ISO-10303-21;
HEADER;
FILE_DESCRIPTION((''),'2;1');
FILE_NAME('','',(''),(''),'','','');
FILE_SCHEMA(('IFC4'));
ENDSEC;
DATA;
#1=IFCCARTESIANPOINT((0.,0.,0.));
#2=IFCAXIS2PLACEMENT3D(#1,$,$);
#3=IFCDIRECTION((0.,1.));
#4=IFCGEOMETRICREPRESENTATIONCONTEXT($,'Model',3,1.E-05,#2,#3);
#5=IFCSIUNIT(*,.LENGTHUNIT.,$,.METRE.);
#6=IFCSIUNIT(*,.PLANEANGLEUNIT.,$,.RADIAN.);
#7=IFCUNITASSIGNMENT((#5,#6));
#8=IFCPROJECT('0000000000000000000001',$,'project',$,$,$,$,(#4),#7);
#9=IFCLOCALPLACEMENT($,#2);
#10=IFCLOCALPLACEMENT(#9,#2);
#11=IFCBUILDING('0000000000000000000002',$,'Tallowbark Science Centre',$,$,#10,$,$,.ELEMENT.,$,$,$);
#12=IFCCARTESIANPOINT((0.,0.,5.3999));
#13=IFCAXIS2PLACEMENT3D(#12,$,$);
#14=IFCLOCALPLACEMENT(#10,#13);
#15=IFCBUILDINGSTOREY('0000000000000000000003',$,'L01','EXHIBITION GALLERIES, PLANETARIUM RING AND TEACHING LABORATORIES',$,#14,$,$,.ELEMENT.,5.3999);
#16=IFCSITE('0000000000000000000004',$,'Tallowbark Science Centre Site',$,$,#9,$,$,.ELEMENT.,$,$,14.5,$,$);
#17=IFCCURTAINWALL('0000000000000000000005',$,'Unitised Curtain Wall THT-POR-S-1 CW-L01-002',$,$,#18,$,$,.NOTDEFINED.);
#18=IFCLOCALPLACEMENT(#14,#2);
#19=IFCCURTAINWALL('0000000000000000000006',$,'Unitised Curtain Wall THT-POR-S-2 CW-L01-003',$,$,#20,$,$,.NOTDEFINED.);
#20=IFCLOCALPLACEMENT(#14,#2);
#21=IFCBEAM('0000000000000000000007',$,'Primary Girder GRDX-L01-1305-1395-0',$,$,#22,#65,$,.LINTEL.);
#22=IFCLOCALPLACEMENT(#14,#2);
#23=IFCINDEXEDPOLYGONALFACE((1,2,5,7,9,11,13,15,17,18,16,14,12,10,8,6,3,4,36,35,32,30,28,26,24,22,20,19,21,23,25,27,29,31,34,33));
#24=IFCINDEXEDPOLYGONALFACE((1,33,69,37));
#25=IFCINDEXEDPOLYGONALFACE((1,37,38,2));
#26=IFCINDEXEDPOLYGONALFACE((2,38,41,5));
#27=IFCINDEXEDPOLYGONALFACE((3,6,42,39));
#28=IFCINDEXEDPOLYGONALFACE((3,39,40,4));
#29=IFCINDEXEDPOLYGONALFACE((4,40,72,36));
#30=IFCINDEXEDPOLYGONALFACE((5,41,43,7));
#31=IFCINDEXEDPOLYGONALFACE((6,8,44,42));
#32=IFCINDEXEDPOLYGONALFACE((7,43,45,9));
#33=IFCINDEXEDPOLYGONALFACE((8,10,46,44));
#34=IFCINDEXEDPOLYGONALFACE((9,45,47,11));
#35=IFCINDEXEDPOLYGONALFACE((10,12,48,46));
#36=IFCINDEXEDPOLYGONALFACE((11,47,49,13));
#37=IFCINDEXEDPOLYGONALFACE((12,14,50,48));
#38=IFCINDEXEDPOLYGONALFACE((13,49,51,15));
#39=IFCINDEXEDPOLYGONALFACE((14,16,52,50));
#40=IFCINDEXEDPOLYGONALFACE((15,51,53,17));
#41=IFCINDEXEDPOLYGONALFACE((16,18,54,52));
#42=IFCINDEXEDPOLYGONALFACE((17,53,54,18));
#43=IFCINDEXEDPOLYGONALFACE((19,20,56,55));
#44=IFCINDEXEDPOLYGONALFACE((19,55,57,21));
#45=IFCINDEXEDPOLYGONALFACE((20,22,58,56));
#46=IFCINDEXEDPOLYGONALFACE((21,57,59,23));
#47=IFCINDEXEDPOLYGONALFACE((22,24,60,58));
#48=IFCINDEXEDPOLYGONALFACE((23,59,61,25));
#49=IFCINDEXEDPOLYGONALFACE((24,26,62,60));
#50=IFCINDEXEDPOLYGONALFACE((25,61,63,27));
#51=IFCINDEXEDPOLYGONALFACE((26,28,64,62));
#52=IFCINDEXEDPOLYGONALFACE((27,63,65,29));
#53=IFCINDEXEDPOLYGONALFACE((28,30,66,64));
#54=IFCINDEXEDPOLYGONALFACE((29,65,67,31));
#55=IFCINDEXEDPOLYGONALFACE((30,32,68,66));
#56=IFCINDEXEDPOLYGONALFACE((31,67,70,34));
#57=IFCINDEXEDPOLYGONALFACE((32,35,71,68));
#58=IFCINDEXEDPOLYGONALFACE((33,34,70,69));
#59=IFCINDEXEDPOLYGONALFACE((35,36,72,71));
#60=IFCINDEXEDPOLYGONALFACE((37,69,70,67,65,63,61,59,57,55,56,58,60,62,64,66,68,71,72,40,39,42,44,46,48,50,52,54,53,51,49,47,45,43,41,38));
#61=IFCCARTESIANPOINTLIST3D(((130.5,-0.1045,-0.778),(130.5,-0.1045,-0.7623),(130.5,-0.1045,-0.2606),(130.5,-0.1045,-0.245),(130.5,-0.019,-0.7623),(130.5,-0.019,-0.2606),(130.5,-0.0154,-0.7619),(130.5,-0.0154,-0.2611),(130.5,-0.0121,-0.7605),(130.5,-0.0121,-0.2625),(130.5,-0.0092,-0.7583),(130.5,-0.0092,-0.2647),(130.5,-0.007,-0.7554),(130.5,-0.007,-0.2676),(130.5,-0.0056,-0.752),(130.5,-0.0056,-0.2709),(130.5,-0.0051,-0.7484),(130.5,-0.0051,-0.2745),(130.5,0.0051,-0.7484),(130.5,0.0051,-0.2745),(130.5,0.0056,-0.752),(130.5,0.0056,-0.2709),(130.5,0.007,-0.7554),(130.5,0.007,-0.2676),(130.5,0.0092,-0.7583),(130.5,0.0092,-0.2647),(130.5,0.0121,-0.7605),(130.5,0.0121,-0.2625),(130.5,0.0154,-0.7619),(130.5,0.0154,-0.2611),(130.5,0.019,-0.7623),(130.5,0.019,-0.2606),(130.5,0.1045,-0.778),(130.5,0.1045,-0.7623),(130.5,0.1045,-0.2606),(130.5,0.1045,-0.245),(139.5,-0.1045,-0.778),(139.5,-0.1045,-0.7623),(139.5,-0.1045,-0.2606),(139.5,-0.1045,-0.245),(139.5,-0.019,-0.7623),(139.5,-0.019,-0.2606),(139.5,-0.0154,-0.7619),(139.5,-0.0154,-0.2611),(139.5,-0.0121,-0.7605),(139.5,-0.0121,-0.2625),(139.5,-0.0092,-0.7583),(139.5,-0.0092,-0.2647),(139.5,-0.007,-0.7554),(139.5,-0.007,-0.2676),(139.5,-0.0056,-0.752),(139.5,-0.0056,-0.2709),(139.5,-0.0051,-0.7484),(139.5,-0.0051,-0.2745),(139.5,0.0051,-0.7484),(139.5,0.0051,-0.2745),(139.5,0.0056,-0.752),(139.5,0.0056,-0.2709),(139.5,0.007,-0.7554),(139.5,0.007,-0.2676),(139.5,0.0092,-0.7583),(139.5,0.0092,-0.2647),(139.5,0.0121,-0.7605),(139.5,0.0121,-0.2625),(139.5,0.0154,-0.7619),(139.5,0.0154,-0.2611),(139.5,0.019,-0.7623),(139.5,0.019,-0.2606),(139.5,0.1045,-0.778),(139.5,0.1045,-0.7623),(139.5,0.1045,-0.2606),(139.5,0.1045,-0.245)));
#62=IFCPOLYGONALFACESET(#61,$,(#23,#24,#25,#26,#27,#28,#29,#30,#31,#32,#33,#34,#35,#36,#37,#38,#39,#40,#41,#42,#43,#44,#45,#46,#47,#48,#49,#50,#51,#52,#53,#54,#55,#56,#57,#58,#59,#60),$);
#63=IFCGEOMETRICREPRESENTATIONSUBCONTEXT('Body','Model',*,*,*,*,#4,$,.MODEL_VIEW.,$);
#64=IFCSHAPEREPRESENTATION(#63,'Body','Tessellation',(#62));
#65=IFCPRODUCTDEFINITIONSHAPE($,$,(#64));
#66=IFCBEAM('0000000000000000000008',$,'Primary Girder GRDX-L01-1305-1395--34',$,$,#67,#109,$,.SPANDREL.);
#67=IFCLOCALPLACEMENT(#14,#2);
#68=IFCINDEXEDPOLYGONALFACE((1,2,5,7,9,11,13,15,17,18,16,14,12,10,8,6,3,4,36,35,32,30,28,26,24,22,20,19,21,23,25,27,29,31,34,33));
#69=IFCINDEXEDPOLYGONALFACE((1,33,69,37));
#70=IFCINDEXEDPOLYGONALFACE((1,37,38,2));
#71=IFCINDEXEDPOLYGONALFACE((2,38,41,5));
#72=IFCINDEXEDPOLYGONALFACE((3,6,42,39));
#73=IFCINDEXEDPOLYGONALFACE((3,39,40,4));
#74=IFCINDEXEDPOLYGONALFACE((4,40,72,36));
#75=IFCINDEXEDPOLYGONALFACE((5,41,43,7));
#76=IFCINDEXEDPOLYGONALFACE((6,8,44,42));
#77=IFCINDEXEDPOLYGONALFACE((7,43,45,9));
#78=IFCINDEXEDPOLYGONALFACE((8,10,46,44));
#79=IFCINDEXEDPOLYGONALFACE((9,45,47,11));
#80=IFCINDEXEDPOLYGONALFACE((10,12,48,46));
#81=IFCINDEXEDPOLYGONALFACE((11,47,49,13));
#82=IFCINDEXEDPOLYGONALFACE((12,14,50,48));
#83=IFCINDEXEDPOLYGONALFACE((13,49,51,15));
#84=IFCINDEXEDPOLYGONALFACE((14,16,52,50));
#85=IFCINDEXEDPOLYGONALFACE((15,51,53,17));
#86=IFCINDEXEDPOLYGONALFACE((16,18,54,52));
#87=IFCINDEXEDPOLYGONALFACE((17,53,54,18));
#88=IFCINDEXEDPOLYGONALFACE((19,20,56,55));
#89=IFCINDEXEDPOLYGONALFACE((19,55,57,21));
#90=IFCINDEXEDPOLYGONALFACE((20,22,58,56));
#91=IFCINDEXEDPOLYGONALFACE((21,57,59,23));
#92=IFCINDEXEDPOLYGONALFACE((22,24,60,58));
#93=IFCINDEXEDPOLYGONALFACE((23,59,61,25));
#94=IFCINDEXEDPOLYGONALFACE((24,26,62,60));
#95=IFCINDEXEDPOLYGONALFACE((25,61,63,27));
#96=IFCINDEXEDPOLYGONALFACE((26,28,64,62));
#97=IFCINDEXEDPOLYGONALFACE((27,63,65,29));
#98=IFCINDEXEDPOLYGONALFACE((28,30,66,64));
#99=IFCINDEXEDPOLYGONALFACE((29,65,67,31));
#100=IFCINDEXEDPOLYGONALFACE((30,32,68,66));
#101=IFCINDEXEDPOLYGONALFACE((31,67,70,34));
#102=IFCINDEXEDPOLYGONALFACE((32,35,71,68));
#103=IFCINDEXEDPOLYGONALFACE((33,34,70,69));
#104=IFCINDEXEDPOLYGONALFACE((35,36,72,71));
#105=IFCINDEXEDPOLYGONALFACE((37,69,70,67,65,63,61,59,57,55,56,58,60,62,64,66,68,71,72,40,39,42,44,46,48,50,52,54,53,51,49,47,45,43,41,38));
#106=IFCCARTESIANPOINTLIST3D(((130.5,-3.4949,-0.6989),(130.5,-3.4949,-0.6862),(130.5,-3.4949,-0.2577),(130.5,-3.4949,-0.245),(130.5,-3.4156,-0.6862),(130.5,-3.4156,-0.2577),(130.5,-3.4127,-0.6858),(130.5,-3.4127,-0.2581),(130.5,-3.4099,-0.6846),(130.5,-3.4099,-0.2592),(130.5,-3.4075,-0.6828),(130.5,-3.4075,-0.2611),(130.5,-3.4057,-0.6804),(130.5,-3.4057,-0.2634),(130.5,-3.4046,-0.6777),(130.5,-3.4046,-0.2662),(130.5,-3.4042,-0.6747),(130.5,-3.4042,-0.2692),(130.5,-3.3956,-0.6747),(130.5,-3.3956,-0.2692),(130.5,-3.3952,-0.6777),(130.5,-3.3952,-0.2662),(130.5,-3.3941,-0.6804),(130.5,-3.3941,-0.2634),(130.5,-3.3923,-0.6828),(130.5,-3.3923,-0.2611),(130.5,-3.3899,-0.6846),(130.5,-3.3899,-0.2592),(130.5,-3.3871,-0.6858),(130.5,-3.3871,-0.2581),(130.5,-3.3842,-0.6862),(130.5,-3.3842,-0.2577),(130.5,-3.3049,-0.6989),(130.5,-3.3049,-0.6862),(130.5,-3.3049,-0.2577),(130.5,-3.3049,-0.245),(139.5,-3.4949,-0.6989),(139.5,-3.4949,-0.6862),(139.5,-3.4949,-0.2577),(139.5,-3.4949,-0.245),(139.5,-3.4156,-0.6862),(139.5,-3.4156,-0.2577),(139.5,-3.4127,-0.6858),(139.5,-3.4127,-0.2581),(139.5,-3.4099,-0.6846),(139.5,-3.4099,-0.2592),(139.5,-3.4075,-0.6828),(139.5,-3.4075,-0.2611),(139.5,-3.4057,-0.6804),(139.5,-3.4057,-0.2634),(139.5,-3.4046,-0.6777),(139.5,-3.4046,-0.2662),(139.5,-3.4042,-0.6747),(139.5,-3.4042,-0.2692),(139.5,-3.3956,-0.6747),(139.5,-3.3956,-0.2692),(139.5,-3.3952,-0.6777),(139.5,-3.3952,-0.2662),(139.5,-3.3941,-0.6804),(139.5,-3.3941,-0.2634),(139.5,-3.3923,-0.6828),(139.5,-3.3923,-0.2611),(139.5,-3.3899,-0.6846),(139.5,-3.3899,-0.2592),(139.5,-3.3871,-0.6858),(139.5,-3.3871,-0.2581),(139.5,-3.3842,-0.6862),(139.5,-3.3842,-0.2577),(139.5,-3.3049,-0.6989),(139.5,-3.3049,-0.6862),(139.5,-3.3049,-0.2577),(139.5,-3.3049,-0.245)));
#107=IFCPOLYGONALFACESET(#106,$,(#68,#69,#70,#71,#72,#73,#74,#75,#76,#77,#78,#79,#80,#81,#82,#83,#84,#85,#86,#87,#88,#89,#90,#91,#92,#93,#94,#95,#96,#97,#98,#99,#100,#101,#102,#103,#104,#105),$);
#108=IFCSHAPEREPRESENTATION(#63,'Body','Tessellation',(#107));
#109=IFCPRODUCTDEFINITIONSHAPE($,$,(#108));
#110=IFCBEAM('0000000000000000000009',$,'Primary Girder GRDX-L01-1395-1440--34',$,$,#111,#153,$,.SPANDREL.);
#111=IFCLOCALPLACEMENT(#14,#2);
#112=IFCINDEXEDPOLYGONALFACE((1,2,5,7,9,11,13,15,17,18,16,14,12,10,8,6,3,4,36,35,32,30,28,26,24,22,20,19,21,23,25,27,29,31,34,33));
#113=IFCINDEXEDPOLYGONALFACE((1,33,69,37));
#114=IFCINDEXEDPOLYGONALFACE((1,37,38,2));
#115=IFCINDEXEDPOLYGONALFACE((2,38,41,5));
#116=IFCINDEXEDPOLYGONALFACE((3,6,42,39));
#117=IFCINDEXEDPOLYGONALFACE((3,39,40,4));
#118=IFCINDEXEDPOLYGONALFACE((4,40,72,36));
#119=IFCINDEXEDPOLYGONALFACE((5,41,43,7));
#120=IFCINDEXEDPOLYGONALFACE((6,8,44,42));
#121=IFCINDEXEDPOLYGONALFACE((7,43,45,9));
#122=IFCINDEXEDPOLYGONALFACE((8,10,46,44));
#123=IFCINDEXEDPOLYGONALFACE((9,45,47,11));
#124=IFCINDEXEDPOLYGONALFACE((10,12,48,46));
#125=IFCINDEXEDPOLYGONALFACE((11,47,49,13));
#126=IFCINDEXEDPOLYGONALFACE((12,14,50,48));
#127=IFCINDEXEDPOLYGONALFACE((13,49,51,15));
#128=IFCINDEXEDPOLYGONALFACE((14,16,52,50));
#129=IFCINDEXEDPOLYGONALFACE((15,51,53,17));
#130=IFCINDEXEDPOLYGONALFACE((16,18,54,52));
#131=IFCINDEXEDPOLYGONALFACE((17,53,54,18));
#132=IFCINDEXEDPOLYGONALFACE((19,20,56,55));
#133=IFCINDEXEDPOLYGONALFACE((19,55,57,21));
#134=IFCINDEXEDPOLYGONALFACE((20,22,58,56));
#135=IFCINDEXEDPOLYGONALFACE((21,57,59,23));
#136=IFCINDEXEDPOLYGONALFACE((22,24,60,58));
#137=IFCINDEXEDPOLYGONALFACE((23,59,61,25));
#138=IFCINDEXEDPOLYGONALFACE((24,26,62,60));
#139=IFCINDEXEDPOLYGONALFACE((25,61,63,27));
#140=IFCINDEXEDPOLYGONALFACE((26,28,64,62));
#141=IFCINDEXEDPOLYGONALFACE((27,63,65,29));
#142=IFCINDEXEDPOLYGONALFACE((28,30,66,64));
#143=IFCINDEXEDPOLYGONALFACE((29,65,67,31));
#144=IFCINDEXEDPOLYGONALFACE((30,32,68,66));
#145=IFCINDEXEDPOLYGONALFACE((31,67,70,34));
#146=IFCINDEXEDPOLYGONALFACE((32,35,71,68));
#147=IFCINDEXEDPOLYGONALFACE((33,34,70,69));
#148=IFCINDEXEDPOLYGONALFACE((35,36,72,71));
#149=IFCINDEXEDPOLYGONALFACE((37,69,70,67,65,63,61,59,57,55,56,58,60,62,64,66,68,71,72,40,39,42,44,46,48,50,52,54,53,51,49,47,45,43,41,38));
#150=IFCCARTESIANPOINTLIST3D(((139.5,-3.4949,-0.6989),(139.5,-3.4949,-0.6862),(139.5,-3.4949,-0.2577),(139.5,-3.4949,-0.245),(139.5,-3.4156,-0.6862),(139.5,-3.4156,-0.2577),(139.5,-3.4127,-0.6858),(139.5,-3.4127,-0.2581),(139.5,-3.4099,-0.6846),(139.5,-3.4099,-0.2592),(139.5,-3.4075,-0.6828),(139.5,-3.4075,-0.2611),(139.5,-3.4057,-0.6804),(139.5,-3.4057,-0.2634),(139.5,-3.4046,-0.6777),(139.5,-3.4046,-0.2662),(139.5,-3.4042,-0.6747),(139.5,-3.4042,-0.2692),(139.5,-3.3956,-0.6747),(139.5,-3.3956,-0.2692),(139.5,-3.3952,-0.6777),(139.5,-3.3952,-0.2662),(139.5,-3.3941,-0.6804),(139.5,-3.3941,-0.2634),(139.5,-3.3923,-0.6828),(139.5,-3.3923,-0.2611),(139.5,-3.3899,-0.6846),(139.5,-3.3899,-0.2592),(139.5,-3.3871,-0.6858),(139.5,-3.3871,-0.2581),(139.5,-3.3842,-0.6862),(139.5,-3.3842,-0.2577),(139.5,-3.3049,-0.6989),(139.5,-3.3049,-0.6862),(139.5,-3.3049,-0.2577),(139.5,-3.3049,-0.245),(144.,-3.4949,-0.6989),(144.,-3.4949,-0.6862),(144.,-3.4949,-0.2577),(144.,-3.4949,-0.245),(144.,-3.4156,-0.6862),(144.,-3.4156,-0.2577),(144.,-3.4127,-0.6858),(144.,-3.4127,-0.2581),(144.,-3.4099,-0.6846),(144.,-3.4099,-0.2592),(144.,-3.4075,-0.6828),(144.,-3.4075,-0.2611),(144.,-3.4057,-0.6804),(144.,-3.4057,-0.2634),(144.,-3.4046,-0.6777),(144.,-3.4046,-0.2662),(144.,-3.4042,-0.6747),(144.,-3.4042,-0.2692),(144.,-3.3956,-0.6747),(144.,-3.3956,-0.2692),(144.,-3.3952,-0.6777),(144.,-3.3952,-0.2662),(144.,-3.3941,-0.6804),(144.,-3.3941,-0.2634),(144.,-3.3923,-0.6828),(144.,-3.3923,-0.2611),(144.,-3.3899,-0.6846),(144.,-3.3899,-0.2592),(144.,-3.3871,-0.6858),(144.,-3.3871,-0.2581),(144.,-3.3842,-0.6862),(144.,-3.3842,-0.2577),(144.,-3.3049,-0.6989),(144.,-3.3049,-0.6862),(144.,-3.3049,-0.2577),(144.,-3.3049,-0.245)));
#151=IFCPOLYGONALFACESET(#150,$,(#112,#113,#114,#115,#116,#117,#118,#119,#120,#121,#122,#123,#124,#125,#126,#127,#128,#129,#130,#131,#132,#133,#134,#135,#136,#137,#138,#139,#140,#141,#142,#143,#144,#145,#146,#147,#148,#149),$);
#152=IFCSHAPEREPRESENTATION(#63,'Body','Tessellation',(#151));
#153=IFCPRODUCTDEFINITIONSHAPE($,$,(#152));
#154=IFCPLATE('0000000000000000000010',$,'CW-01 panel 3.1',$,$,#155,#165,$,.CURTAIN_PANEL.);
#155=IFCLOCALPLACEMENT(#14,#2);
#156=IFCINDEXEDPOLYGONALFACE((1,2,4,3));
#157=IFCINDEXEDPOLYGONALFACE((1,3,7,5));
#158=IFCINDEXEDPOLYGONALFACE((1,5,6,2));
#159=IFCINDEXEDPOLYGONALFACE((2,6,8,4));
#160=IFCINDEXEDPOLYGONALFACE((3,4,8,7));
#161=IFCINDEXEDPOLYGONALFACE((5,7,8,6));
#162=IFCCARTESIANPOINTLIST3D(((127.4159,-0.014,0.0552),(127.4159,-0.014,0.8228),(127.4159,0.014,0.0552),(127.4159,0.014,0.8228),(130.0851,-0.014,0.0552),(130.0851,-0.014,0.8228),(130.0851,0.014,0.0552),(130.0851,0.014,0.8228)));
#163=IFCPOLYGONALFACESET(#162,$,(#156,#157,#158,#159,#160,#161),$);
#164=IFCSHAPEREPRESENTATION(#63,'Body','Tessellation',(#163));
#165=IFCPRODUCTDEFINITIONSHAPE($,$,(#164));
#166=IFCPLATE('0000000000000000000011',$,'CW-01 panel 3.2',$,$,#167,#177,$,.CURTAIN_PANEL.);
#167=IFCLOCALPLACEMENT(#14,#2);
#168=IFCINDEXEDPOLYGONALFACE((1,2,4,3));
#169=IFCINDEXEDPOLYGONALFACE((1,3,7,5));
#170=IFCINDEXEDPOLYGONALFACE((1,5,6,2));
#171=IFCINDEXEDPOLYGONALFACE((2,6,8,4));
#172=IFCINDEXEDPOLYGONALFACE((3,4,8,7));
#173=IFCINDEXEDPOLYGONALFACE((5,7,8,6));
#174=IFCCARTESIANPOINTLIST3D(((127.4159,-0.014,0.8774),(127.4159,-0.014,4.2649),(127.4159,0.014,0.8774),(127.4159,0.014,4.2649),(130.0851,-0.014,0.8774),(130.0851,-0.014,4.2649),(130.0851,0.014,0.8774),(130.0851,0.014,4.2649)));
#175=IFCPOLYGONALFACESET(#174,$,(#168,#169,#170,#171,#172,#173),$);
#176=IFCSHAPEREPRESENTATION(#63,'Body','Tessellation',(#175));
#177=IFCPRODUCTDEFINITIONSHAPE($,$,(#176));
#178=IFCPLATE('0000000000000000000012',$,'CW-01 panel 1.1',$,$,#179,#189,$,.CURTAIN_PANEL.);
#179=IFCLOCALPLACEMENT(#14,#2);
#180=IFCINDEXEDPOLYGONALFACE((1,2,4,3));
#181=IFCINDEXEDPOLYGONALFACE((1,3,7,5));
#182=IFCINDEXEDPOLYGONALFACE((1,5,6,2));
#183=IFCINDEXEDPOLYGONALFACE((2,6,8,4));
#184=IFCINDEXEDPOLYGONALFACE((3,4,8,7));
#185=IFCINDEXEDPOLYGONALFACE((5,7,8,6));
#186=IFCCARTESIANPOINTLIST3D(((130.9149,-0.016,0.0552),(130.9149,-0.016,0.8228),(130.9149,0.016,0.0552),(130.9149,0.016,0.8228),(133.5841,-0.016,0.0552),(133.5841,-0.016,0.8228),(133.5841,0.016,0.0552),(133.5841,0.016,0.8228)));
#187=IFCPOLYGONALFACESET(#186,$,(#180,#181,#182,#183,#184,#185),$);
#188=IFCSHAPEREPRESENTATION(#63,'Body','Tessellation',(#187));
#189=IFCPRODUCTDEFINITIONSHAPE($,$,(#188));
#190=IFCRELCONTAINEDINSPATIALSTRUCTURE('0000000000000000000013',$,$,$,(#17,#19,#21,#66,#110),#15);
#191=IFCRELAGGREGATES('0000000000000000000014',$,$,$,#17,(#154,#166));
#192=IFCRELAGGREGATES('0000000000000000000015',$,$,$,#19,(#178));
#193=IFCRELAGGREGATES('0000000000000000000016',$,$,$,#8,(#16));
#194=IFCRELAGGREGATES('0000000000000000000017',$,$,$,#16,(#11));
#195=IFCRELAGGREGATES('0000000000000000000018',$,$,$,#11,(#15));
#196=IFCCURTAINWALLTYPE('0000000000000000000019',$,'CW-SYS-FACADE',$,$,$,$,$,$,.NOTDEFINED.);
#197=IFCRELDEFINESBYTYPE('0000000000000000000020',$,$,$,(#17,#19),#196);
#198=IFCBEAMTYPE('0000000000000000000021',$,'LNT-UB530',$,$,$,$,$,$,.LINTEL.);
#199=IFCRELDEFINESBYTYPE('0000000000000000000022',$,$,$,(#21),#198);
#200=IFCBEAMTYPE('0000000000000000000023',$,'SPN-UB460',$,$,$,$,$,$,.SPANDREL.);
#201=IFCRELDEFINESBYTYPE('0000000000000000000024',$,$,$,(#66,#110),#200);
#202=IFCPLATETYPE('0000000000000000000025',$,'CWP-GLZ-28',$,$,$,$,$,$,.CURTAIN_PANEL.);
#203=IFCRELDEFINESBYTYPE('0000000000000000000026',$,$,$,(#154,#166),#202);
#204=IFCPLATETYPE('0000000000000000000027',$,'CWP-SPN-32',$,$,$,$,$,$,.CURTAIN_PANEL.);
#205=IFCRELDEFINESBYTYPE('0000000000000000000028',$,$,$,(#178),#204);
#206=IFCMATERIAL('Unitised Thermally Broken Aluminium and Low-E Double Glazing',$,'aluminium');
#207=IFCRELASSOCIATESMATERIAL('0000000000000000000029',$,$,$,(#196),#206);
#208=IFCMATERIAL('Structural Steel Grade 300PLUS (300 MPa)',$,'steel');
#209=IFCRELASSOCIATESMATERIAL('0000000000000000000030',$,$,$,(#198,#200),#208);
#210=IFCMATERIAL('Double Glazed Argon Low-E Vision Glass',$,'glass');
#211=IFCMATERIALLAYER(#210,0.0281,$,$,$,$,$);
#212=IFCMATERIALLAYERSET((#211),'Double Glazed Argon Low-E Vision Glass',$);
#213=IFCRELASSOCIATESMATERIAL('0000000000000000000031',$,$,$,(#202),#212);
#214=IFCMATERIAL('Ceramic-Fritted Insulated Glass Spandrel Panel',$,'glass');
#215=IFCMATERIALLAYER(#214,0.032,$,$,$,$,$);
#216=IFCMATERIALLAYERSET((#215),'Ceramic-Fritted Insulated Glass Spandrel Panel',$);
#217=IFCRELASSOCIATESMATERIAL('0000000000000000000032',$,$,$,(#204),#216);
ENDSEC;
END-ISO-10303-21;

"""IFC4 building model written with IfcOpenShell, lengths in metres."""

from ifc_helpers import new_model, si_unit, direction, frame, origin, origin_2d, place, context, subcontext, project, spatial, rectangle, i_section, extrude, material, layer, layer_set, material_profile, profile_set, type_object, element, aggregate, save


model = new_model("IFC4")

# Units and contexts
model_context = context("Model", 3, precision=1e-05, world=origin(), true_north=direction((0.0, 1.0)))
body_context = subcontext(model_context, "Body", "Model", "MODEL_VIEW")
ifc_project = project(units=[si_unit("LENGTHUNIT", "METRE"), si_unit("PLANEANGLEUNIT", "RADIAN")], contexts=[model_context])

# Site, building, storey
site_placement = place(None, origin())
site = spatial("IfcSite", under=ifc_project, at=site_placement, Name="Tallowbark Science Centre Site", CompositionType="ELEMENT", RefElevation=14.5)
building_placement = place(site_placement, origin())
building = spatial("IfcBuilding", under=site, at=building_placement, Name="Tallowbark Science Centre", CompositionType="ELEMENT")
storey_placement = place(building_placement, frame((0.0, 0.0, 5.3999)))
storey = spatial("IfcBuildingStorey", under=building, at=storey_placement, Name="L01", Description="EXHIBITION GALLERIES, PLANETARIUM RING AND TEACHING LABORATORIES", CompositionType="ELEMENT", Elevation=5.3999)

# Shared definitions
ifc_material_1 = material(Name="Structural Steel Grade 300PLUS (300 MPa)", Category="steel")

# Curtain wall
ifc_material_2 = material(Name="Unitised Thermally Broken Aluminium and Low-E Double Glazing", Category="aluminium")
curtain_wall_type = type_object("IfcCurtainWallType", Name="CW-SYS-FACADE", PredefinedType="NOTDEFINED", material=ifc_material_2)
curtain_wall_1_placement = place(storey_placement, origin())
curtain_wall_1 = element("IfcCurtainWall", 1, at=curtain_wall_1_placement, inside=storey, type_object=curtain_wall_type, Name="Unitised Curtain Wall THT-POR-S-1 CW-L01-002", PredefinedType="NOTDEFINED")

# Curtain wall
curtain_wall_2_placement = place(storey_placement, origin())
curtain_wall_2 = element("IfcCurtainWall", 2, at=curtain_wall_2_placement, inside=storey, type_object=curtain_wall_type, Name="Unitised Curtain Wall THT-POR-S-2 CW-L01-003", PredefinedType="NOTDEFINED")

# Beams
ifc_material_profile_1 = material_profile(ifc_material_1, i_section(OverallWidth=0.209, OverallDepth=0.533, WebThickness=0.0103, FlangeThickness=0.0156, FilletRadius=0.0139, at=origin_2d()), Name="530UB92.4")
ifc_profile_set_1 = profile_set([ifc_material_profile_1], Name="Structural Steel Grade 300PLUS (300 MPa)")
beam_type_1 = type_object("IfcBeamType", Name="LNT-UB530", PredefinedType="LINTEL", material=ifc_profile_set_1)
beam_1_placement = place(storey_placement, frame((130.5, 0.0, -0.5115), z_axis=(1.0, 0.0, 0.0), x_axis=(0.0, 1.0, 0.0)))
element("IfcBeam", 3, at=beam_1_placement, inside=storey, type_object=beam_type_1, Name="Primary Girder GRDX-L01-1305-1395-0", PredefinedType="LINTEL", context=body_context, shape_type="SweptSolid", body=[
    extrude(i_section(OverallWidth=0.209, OverallDepth=0.533, WebThickness=0.0103, FlangeThickness=0.0156, FilletRadius=0.0139, at=origin_2d()), origin(), (0.0, 0.0, 1.0), 9.0),
])
ifc_material_profile_2 = material_profile(ifc_material_1, i_section(OverallWidth=0.1899, OverallDepth=0.4539, WebThickness=0.0085, FlangeThickness=0.0127, FilletRadius=0.0115, at=origin_2d()), Name="460UB67.1")
ifc_profile_set_2 = profile_set([ifc_material_profile_2], Name="Structural Steel Grade 300PLUS (300 MPa)")
beam_type_2 = type_object("IfcBeamType", Name="SPN-UB460", PredefinedType="SPANDREL", material=ifc_profile_set_2)
beam_2_placement = place(storey_placement, frame((130.5, -3.3999, -0.4719), z_axis=(1.0, 0.0, 0.0), x_axis=(0.0, 1.0, 0.0)))
element("IfcBeam", 4, at=beam_2_placement, inside=storey, type_object=beam_type_2, Name="Primary Girder GRDX-L01-1305-1395--34", PredefinedType="SPANDREL", context=body_context, shape_type="SweptSolid", body=[
    extrude(i_section(OverallWidth=0.1899, OverallDepth=0.4539, WebThickness=0.0085, FlangeThickness=0.0127, FilletRadius=0.0115, at=origin_2d()), origin(), (0.0, 0.0, 1.0), 9.0),
])
beam_3_placement = place(storey_placement, frame((139.5, -3.3999, -0.4719), z_axis=(1.0, 0.0, 0.0), x_axis=(0.0, 1.0, 0.0)))
element("IfcBeam", 5, at=beam_3_placement, inside=storey, type_object=beam_type_2, Name="Primary Girder GRDX-L01-1395-1440--34", PredefinedType="SPANDREL", context=body_context, shape_type="SweptSolid", body=[
    extrude(i_section(OverallWidth=0.1899, OverallDepth=0.4539, WebThickness=0.0085, FlangeThickness=0.0127, FilletRadius=0.0115, at=origin_2d()), origin(), (0.0, 0.0, 1.0), 4.5),
])

# Plates
ifc_material_3 = material(Name="Double Glazed Argon Low-E Vision Glass", Category="glass")
ifc_layer_1 = layer(ifc_material_3, 0.0281)
ifc_layer_set_1 = layer_set([ifc_layer_1], Name="Double Glazed Argon Low-E Vision Glass")
plate_type_1 = type_object("IfcPlateType", Name="CWP-GLZ-28", PredefinedType="CURTAIN_PANEL", material=ifc_layer_set_1)
plate_1_placement = place(storey_placement, frame((128.7505, 0.0, 0.0552), z_axis=(0.0, 0.0, 1.0), x_axis=(1.0, 0.0, 0.0)))
plate_1 = element("IfcPlate", 6, at=plate_1_placement, type_object=plate_type_1, Name="CW-01 panel 3.1", PredefinedType="CURTAIN_PANEL", context=body_context, shape_type="SweptSolid", body=[
    extrude(rectangle(XDim=2.6692, YDim=0.0281, at=origin_2d()), origin(), (0.0, 0.0, 1.0), 0.7676),
])
plate_2_placement = place(storey_placement, frame((128.7505, 0.0, 0.8774), z_axis=(0.0, 0.0, 1.0), x_axis=(1.0, 0.0, 0.0)))
plate_2 = element("IfcPlate", 7, at=plate_2_placement, type_object=plate_type_1, Name="CW-01 panel 3.2", PredefinedType="CURTAIN_PANEL", context=body_context, shape_type="SweptSolid", body=[
    extrude(rectangle(XDim=2.6692, YDim=0.0281, at=origin_2d()), origin(), (0.0, 0.0, 1.0), 3.3875),
])
aggregate(curtain_wall_1, [plate_1, plate_2])
ifc_material_4 = material(Name="Ceramic-Fritted Insulated Glass Spandrel Panel", Category="glass")
ifc_layer_2 = layer(ifc_material_4, 0.032)
ifc_layer_set_2 = layer_set([ifc_layer_2], Name="Ceramic-Fritted Insulated Glass Spandrel Panel")
plate_type_2 = type_object("IfcPlateType", Name="CWP-SPN-32", PredefinedType="CURTAIN_PANEL", material=ifc_layer_set_2)
plate_3_placement = place(storey_placement, frame((132.2495, 0.0, 0.0552), z_axis=(0.0, 0.0, 1.0), x_axis=(1.0, 0.0, 0.0)))
plate_3 = element("IfcPlate", 8, at=plate_3_placement, type_object=plate_type_2, Name="CW-01 panel 1.1", PredefinedType="CURTAIN_PANEL", context=body_context, shape_type="SweptSolid", body=[
    extrude(rectangle(XDim=2.6692, YDim=0.032, at=origin_2d()), origin(), (0.0, 0.0, 1.0), 0.7676),
])
aggregate(curtain_wall_2, [plate_3])

save(model, "model.ifc")
